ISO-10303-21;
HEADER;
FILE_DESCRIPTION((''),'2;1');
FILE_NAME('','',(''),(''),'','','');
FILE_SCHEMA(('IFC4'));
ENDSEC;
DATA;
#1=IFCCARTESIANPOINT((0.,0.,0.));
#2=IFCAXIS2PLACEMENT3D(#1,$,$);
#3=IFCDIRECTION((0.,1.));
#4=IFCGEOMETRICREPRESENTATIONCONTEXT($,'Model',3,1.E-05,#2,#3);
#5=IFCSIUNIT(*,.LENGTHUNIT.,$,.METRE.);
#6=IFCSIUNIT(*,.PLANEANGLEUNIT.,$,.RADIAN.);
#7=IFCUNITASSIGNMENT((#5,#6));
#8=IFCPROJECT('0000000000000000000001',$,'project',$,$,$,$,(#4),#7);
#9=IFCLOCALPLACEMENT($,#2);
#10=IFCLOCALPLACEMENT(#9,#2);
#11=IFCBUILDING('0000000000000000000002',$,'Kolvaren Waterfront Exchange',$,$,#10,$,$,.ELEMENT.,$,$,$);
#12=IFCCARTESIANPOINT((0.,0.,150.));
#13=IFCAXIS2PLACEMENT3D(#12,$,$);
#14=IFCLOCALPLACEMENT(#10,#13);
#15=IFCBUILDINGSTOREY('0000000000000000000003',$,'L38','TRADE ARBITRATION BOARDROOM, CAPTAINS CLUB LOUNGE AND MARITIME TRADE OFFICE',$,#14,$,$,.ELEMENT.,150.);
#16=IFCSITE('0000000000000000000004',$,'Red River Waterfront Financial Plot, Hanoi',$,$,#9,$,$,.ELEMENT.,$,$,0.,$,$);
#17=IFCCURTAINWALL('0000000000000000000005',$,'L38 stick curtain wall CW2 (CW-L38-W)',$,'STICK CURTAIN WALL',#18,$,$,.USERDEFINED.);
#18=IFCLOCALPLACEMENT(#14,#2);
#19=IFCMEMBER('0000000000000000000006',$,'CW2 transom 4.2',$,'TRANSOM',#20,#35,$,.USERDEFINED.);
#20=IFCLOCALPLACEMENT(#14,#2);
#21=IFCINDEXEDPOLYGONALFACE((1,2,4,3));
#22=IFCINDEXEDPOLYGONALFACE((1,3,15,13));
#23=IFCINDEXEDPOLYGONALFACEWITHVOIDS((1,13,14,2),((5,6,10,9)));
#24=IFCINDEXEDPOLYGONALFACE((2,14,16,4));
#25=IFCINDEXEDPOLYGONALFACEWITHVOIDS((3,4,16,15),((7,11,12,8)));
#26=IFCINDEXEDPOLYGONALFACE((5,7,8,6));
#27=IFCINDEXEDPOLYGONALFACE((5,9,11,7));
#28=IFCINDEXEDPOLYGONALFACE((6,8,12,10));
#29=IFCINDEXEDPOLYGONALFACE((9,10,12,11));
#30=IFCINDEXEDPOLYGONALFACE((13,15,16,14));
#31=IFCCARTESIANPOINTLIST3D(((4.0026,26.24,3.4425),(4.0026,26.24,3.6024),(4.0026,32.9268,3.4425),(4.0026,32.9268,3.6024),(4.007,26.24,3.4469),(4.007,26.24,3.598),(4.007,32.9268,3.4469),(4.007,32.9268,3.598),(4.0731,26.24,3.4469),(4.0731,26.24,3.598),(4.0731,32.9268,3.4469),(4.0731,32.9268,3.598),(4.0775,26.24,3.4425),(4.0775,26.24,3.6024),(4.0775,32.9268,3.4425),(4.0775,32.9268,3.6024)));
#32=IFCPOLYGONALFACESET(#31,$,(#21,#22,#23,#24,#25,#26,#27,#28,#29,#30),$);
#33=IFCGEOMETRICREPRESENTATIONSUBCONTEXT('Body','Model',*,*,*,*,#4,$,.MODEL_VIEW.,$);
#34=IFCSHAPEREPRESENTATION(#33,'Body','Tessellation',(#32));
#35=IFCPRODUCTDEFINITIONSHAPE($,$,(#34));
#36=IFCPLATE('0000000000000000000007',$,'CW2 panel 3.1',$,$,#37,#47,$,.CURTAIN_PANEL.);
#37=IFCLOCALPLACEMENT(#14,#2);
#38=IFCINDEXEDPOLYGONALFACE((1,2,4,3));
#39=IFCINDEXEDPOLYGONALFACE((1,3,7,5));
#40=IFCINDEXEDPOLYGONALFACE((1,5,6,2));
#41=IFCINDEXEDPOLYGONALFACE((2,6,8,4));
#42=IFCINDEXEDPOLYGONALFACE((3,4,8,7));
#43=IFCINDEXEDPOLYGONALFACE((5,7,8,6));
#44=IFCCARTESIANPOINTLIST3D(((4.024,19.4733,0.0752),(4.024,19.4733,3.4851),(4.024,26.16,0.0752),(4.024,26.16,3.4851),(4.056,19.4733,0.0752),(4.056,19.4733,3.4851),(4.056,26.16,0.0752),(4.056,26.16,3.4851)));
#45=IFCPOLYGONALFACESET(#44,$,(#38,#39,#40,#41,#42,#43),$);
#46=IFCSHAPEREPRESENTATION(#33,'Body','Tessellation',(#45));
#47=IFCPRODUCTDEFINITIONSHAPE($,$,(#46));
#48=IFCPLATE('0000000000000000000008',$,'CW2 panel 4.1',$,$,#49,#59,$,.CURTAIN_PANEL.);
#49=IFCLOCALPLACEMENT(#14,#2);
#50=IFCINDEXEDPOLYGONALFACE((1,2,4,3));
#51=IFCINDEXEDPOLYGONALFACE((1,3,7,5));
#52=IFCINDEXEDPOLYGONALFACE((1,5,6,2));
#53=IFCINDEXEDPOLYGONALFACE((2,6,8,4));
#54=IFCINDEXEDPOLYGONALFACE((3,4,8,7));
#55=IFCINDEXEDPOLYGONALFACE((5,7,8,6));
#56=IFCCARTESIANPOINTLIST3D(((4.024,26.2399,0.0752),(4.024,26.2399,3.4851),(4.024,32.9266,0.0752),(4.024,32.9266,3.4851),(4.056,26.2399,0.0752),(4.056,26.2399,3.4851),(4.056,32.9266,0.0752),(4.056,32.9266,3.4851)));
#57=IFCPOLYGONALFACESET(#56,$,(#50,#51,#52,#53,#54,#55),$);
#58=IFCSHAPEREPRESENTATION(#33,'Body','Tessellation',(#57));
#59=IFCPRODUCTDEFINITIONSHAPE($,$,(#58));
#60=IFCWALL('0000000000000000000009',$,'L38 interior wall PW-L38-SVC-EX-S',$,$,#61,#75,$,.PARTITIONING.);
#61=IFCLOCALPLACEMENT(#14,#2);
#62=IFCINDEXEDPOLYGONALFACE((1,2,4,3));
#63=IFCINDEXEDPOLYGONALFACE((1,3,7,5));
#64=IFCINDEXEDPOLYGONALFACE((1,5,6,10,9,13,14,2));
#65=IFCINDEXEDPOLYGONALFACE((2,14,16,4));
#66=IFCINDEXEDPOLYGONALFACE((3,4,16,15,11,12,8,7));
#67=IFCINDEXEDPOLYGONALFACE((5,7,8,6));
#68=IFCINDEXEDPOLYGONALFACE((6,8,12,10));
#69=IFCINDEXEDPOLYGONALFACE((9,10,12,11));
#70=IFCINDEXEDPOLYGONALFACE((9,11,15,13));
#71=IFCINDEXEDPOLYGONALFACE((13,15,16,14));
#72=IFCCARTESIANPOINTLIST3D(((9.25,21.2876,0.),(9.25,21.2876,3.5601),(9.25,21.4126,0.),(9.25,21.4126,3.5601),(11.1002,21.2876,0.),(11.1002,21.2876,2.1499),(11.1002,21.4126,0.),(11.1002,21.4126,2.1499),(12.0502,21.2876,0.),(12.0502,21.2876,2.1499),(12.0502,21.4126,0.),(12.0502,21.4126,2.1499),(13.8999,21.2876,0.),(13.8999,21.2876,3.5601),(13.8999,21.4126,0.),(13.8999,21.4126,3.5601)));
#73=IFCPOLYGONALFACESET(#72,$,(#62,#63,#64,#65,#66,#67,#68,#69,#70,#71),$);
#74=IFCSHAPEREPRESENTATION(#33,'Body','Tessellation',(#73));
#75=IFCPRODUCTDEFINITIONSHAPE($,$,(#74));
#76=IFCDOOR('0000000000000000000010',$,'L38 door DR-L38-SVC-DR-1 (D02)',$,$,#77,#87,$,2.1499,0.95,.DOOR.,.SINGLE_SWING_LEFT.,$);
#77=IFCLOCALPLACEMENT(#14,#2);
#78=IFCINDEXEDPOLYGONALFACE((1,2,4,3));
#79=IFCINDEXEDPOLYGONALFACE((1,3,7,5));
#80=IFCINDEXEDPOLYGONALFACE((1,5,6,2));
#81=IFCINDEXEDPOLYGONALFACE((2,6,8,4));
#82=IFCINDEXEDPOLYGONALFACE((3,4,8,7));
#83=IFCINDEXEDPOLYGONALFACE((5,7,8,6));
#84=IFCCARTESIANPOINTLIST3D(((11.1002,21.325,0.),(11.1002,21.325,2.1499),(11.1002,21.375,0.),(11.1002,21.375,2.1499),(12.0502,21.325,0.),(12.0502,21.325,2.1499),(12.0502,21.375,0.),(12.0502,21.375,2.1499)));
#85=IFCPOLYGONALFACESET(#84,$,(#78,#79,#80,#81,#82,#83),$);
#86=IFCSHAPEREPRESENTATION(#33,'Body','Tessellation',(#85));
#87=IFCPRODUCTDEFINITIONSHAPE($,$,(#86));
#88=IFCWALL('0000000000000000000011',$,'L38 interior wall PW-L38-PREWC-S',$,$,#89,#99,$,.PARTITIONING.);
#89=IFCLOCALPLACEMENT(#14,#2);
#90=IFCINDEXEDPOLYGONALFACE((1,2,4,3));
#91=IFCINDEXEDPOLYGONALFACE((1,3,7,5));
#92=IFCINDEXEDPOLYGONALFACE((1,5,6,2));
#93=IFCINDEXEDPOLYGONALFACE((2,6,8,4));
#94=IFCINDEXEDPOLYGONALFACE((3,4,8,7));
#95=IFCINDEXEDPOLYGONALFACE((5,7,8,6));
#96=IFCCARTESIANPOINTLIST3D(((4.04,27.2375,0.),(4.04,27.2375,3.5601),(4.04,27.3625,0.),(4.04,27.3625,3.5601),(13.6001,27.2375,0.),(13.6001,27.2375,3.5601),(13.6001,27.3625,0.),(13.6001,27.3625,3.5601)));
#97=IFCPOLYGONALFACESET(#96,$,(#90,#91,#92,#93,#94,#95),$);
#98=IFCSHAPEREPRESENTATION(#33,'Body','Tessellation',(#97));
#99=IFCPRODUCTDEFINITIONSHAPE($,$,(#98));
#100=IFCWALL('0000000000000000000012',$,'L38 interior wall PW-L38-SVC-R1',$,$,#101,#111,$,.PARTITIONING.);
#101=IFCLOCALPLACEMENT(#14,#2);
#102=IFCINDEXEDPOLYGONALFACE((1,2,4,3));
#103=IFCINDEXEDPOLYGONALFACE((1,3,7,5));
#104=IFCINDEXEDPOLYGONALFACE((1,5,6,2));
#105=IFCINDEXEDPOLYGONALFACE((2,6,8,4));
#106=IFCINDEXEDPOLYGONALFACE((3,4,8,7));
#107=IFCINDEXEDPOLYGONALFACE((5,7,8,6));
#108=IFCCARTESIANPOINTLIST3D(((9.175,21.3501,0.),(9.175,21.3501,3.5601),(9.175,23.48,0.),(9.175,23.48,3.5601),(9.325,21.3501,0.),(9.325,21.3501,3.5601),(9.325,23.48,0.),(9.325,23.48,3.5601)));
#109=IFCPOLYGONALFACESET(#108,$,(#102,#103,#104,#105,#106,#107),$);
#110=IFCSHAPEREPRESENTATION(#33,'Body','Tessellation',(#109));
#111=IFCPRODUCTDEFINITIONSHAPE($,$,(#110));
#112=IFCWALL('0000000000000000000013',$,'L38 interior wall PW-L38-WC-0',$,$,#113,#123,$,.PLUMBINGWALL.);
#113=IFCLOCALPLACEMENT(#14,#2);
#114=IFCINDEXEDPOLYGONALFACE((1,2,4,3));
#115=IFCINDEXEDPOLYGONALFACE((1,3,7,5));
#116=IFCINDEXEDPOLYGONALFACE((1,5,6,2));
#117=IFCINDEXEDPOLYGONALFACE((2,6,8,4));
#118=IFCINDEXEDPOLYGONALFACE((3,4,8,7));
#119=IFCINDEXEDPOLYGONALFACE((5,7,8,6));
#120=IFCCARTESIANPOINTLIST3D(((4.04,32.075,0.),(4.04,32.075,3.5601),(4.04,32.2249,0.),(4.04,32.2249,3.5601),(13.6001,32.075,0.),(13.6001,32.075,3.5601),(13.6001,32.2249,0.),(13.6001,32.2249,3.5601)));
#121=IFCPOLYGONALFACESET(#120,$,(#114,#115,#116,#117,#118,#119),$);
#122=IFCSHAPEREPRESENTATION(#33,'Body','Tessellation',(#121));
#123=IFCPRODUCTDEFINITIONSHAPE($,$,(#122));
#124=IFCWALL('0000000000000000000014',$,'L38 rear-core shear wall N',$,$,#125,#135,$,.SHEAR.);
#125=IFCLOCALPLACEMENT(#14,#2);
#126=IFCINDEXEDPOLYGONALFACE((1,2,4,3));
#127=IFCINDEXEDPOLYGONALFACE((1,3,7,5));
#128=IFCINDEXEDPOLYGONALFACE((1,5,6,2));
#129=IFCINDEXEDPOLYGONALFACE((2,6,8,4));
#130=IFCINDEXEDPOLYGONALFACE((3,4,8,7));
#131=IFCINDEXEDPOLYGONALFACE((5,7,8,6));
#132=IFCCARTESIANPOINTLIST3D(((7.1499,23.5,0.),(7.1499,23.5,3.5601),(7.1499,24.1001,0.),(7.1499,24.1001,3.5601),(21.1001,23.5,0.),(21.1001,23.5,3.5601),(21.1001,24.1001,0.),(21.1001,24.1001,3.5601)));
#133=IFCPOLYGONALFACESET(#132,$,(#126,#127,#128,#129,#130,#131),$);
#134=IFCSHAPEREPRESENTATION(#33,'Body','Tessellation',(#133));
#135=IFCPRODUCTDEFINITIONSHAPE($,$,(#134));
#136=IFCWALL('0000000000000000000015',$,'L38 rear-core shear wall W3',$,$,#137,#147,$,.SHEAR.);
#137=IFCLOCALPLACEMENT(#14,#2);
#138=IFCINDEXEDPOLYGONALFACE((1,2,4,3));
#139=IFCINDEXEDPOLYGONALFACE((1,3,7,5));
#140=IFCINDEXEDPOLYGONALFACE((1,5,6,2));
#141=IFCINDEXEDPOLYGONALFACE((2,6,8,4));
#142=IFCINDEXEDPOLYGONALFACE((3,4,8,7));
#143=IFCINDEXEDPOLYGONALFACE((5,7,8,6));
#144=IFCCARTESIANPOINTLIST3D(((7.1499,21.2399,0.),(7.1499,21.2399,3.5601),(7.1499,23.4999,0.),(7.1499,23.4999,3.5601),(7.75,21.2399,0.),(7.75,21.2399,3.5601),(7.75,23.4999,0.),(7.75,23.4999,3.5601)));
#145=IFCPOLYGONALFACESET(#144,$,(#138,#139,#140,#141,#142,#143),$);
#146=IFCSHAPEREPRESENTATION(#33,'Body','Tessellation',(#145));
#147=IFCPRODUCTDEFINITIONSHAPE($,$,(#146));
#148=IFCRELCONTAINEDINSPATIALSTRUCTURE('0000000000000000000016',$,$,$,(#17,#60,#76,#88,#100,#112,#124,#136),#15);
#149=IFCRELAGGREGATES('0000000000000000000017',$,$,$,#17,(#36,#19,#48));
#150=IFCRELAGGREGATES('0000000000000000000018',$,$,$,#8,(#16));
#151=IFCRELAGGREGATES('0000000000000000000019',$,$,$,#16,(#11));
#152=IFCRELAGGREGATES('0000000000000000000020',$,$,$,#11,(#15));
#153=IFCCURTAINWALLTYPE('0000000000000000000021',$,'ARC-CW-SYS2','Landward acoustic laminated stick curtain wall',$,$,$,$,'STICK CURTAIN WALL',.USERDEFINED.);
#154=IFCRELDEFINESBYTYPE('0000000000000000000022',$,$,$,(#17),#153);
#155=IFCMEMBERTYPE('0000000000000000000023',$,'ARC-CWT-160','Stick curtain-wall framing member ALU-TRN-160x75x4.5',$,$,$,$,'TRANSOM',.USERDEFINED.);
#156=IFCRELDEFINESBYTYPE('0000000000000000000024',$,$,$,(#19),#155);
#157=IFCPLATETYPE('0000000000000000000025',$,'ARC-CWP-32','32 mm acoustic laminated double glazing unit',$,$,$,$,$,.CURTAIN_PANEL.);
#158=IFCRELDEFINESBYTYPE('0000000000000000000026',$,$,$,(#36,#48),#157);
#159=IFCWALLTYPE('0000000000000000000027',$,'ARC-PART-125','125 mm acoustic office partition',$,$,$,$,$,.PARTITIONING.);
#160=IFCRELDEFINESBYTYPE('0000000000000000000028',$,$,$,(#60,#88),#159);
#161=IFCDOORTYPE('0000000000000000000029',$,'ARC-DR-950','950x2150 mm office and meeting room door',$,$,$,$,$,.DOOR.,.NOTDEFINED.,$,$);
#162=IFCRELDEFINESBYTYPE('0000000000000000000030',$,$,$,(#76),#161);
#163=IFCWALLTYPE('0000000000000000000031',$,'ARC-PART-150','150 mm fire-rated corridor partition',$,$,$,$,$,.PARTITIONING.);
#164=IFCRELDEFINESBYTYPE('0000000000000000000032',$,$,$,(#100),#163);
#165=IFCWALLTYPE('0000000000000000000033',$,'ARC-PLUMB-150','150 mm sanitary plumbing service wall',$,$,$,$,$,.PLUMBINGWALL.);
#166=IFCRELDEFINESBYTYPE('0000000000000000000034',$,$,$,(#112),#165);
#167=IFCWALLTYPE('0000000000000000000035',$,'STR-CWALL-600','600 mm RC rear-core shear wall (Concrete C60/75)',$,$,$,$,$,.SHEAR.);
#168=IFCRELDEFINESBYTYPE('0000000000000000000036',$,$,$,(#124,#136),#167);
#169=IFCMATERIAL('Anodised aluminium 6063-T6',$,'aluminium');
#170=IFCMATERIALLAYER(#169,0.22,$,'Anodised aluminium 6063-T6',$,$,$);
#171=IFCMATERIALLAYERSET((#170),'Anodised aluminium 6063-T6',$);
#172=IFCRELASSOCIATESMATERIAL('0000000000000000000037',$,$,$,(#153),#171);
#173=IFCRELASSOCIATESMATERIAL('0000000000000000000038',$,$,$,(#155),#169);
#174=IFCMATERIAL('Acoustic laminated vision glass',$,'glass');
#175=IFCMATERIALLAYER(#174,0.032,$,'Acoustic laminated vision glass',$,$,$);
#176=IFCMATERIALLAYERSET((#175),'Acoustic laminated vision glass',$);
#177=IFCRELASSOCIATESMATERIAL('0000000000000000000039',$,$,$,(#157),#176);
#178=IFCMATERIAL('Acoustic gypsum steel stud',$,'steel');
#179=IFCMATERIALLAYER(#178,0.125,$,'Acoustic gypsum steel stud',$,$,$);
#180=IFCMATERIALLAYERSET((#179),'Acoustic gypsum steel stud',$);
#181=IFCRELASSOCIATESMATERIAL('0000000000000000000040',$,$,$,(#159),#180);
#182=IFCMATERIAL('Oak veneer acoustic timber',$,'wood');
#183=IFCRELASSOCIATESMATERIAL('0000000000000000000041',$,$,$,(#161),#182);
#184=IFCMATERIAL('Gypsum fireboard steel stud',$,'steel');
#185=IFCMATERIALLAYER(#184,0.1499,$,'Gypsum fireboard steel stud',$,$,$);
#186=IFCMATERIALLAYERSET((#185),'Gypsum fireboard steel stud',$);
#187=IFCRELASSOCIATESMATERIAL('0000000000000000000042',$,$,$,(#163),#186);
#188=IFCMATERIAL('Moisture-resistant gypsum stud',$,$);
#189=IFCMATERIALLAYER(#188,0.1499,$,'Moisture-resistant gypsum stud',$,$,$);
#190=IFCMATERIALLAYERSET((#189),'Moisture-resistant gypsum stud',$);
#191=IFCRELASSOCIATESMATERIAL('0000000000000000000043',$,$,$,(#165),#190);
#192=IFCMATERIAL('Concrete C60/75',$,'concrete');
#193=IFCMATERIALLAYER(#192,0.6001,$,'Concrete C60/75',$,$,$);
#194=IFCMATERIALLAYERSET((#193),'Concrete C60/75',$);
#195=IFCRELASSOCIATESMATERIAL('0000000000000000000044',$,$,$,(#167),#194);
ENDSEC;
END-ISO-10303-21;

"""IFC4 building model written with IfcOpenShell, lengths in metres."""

from ifc_helpers import new_model, si_unit, direction, frame, frame_2d, origin, origin_with_axes, origin_2d, place, context, subcontext, project, spatial, rectangle, hollow_rectangle, extrude, source, transform, mapped, material, layer, layer_set, material_profile, profile_set, type_object, element, fill, aggregate, save


model = new_model("IFC4")

# Units and contexts
model_context = context("Model", 3, precision=1e-05, world=origin(), true_north=direction((0.0, 1.0)))
body_context = subcontext(model_context, "Body", "Model", "MODEL_VIEW")
ifc_project = project(units=[si_unit("LENGTHUNIT", "METRE"), si_unit("PLANEANGLEUNIT", "RADIAN")], contexts=[model_context])

# Site, building, storey
site_placement = place(None, origin())
site = spatial("IfcSite", under=ifc_project, at=site_placement, Name="Red River Waterfront Financial Plot, Hanoi", CompositionType="ELEMENT", RefElevation=0.0)
building_placement = place(site_placement, origin())
building = spatial("IfcBuilding", under=site, at=building_placement, Name="Kolvaren Waterfront Exchange", CompositionType="ELEMENT")
storey_placement = place(building_placement, frame((0.0, 0.0, 150.0)))
storey = spatial("IfcBuildingStorey", under=building, at=storey_placement, Name="L38", Description="TRADE ARBITRATION BOARDROOM, CAPTAINS CLUB LOUNGE AND MARITIME TRADE OFFICE", CompositionType="ELEMENT", Elevation=150.0)

# Shared definitions
ifc_material_1 = material(Name="Concrete C60/75", Category="concrete")

# Curtain wall, member, plates
ifc_material_2 = material(Name="Anodised aluminium 6063-T6", Category="aluminium")
ifc_layer_1 = layer(ifc_material_2, 0.22, Name="Anodised aluminium 6063-T6")
ifc_layer_set_1 = layer_set([ifc_layer_1], Name="Anodised aluminium 6063-T6")
curtain_wall_type = type_object("IfcCurtainWallType", Name="ARC-CW-SYS2", Description="Landward acoustic laminated stick curtain wall", ElementType="STICK CURTAIN WALL", PredefinedType="USERDEFINED", material=ifc_layer_set_1)
curtain_wall_placement = place(storey_placement, origin())
curtain_wall = element("IfcCurtainWall", 1, at=curtain_wall_placement, inside=storey, type_object=curtain_wall_type, Name="L38 stick curtain wall CW2 (CW-L38-W)", ObjectType="STICK CURTAIN WALL", PredefinedType="USERDEFINED")
ifc_material_profile_1 = material_profile(ifc_material_2, hollow_rectangle(XDim=0.075, YDim=0.1599, WallThickness=0.0044, at=origin_2d()), Name="ALU-TRN-160x75x4.5")
ifc_profile_set_1 = profile_set([ifc_material_profile_1], Name="Anodised aluminium 6063-T6")
member_type_1 = type_object("IfcMemberType", Name="ARC-CWT-160", Description="Stick curtain-wall framing member ALU-TRN-160x75x4.5", ElementType="TRANSOM", PredefinedType="USERDEFINED", material=ifc_profile_set_1)
shared_shape_1 = source(origin_with_axes(), body_context, "Body", "SweptSolid", [
    extrude(hollow_rectangle(XDim=0.075, YDim=0.1599, WallThickness=0.0044, at=origin_2d()), origin(), (0.0, 0.0, 1.0), 6.6868),
])
member_1_placement = place(storey_placement, frame((4.04, 26.24, 3.5225), z_axis=(0.0, 1.0, 0.0), x_axis=(-1.0, 0.0, 0.0)))
member_1 = element("IfcMember", 2, at=member_1_placement, type_object=member_type_1, Name="CW2 transom 4.2", ObjectType="TRANSOM", PredefinedType="USERDEFINED", context=body_context, shape_type="MappedRepresentation", body=[
    mapped(shared_shape_1, transform((0.0, 0.0, 0.0), x_axis=(1.0, 0.0, 0.0), y_axis=(0.0, 1.0, 0.0), z_axis=(0.0, 0.0, 1.0), scale=1.0)),
])
ifc_material_3 = material(Name="Acoustic laminated vision glass", Category="glass")
ifc_layer_2 = layer(ifc_material_3, 0.032, Name="Acoustic laminated vision glass")
ifc_layer_set_2 = layer_set([ifc_layer_2], Name="Acoustic laminated vision glass")
plate_type = type_object("IfcPlateType", Name="ARC-CWP-32", Description="32 mm acoustic laminated double glazing unit", PredefinedType="CURTAIN_PANEL", material=ifc_layer_set_2)
shared_shape_2 = source(origin_with_axes(), body_context, "Body", "SweptSolid", [
    extrude(rectangle(XDim=6.6868, YDim=0.032, at=origin_2d()), origin(), (0.0, 0.0, 1.0), 3.4099),
])
plate_1_placement = place(storey_placement, frame((4.04, 22.8167, 0.0752), z_axis=(0.0, 0.0, 1.0), x_axis=(0.0, 1.0, 0.0)))
plate_1 = element("IfcPlate", 3, at=plate_1_placement, type_object=plate_type, Name="CW2 panel 3.1", PredefinedType="CURTAIN_PANEL", context=body_context, shape_type="MappedRepresentation", body=[
    mapped(shared_shape_2, transform((0.0, 0.0, 0.0), x_axis=(1.0, 0.0, 0.0), y_axis=(0.0, 1.0, 0.0), z_axis=(0.0, 0.0, 1.0), scale=1.0)),
])
plate_2_placement = place(storey_placement, frame((4.04, 29.5833, 0.0752), z_axis=(0.0, 0.0, 1.0), x_axis=(0.0, 1.0, 0.0)))
plate_2 = element("IfcPlate", 4, at=plate_2_placement, type_object=plate_type, Name="CW2 panel 4.1", PredefinedType="CURTAIN_PANEL", context=body_context, shape_type="MappedRepresentation", body=[
    mapped(shared_shape_2, transform((0.0, 0.0, 0.0), x_axis=(1.0, 0.0, 0.0), y_axis=(0.0, 1.0, 0.0), z_axis=(0.0, 0.0, 1.0), scale=1.0)),
])
aggregate(curtain_wall, [plate_1, member_1, plate_2])

# Wall, opening, door
ifc_material_4 = material(Name="Acoustic gypsum steel stud", Category="steel")
ifc_layer_3 = layer(ifc_material_4, 0.125, Name="Acoustic gypsum steel stud")
ifc_layer_set_3 = layer_set([ifc_layer_3], Name="Acoustic gypsum steel stud")
wall_type_1 = type_object("IfcWallType", Name="ARC-PART-125", Description="125 mm acoustic office partition", PredefinedType="PARTITIONING", material=ifc_layer_set_3)
wall_1_placement = place(storey_placement, frame((9.25, 21.3501, 0.0), z_axis=(0.0, 0.0, 1.0), x_axis=(1.0, 0.0, 0.0)))
wall_1 = element("IfcWall", 5, at=wall_1_placement, inside=storey, type_object=wall_type_1, Name="L38 interior wall PW-L38-SVC-EX-S", PredefinedType="PARTITIONING", context=body_context, shape_type="SweptSolid", body=[
    extrude(rectangle(XDim=4.6499, YDim=0.125, at=frame_2d((2.325, 0.0))), origin(), (0.0, 0.0, 1.0), 3.5601),
])
opening_1_placement = place(wall_1_placement, frame((1.8501, 0.0, 0.0)))
opening_1 = element("IfcOpeningElement", 6, at=opening_1_placement, cuts=wall_1, PredefinedType="OPENING", context=body_context, shape_type="SweptSolid", body=[
    extrude(rectangle(XDim=0.95, YDim=2.1499, at=frame_2d((0.4751, 1.075))), frame((0.0, 0.0725, 0.0), z_axis=(0.0, -1.0, 0.0), x_axis=(1.0, 0.0, 0.0)), (0.0, 0.0, 1.0), 0.145),
])
ifc_material_5 = material(Name="Oak veneer acoustic timber", Category="wood")
door_type_1 = type_object("IfcDoorType", Name="ARC-DR-950", Description="950x2150 mm office and meeting room door", OperationType="NOTDEFINED", PredefinedType="DOOR", material=ifc_material_5)
door_1_placement = place(opening_1_placement, origin())
door_1 = element("IfcDoor", 7, at=door_1_placement, inside=storey, type_object=door_type_1, Name="L38 door DR-L38-SVC-DR-1 (D02)", OperationType="SINGLE_SWING_LEFT", OverallHeight=2.1499, OverallWidth=0.95, PredefinedType="DOOR", context=body_context, shape_type="SweptSolid", body=[
    extrude(rectangle(XDim=0.95, YDim=2.1499, at=frame_2d((0.4751, 1.075))), frame((0.0, 0.0249, 0.0), z_axis=(0.0, -1.0, 0.0), x_axis=(1.0, 0.0, 0.0)), (0.0, 0.0, 1.0), 0.05),
])
fill(opening_1, door_1)

# Walls
wall_2_placement = place(storey_placement, frame((4.04, 27.3, 0.0), z_axis=(0.0, 0.0, 1.0), x_axis=(1.0, 0.0, 0.0)))
element("IfcWall", 8, at=wall_2_placement, inside=storey, type_object=wall_type_1, Name="L38 interior wall PW-L38-PREWC-S", PredefinedType="PARTITIONING", context=body_context, shape_type="SweptSolid", body=[
    extrude(rectangle(XDim=9.5601, YDim=0.125, at=frame_2d((4.78, 0.0))), origin(), (0.0, 0.0, 1.0), 3.5601),
])
ifc_material_6 = material(Name="Gypsum fireboard steel stud", Category="steel")
ifc_layer_4 = layer(ifc_material_6, 0.1499, Name="Gypsum fireboard steel stud")
ifc_layer_set_4 = layer_set([ifc_layer_4], Name="Gypsum fireboard steel stud")
wall_type_2 = type_object("IfcWallType", Name="ARC-PART-150", Description="150 mm fire-rated corridor partition", PredefinedType="PARTITIONING", material=ifc_layer_set_4)
wall_3_placement = place(storey_placement, frame((9.25, 21.3501, 0.0), z_axis=(0.0, 0.0, 1.0), x_axis=(0.0, 1.0, 0.0)))
element("IfcWall", 9, at=wall_3_placement, inside=storey, type_object=wall_type_2, Name="L38 interior wall PW-L38-SVC-R1", PredefinedType="PARTITIONING", context=body_context, shape_type="SweptSolid", body=[
    extrude(rectangle(XDim=2.1299, YDim=0.1499, at=frame_2d((1.0649, 0.0))), origin(), (0.0, 0.0, 1.0), 3.5601),
])

# Walls
ifc_material_7 = material(Name="Moisture-resistant gypsum stud")
ifc_layer_5 = layer(ifc_material_7, 0.1499, Name="Moisture-resistant gypsum stud")
ifc_layer_set_5 = layer_set([ifc_layer_5], Name="Moisture-resistant gypsum stud")
wall_type_3 = type_object("IfcWallType", Name="ARC-PLUMB-150", Description="150 mm sanitary plumbing service wall", PredefinedType="PLUMBINGWALL", material=ifc_layer_set_5)
wall_4_placement = place(storey_placement, frame((4.04, 32.1499, 0.0), z_axis=(0.0, 0.0, 1.0), x_axis=(1.0, 0.0, 0.0)))
element("IfcWall", 10, at=wall_4_placement, inside=storey, type_object=wall_type_3, Name="L38 interior wall PW-L38-WC-0", PredefinedType="PLUMBINGWALL", context=body_context, shape_type="SweptSolid", body=[
    extrude(rectangle(XDim=9.5601, YDim=0.1499, at=frame_2d((4.78, 0.0))), origin(), (0.0, 0.0, 1.0), 3.5601),
])
ifc_layer_6 = layer(ifc_material_1, 0.6001, Name="Concrete C60/75")
ifc_layer_set_6 = layer_set([ifc_layer_6], Name="Concrete C60/75")
wall_type_4 = type_object("IfcWallType", Name="STR-CWALL-600", Description="600 mm RC rear-core shear wall (Concrete C60/75)", PredefinedType="SHEAR", material=ifc_layer_set_6)
wall_5_placement = place(storey_placement, frame((7.1499, 23.8, 0.0), z_axis=(0.0, 0.0, 1.0), x_axis=(1.0, 0.0, 0.0)))
element("IfcWall", 11, at=wall_5_placement, inside=storey, type_object=wall_type_4, Name="L38 rear-core shear wall N", PredefinedType="SHEAR", context=body_context, shape_type="SweptSolid", body=[
    extrude(rectangle(XDim=13.9502, YDim=0.6001, at=frame_2d((6.9751, 0.0))), origin(), (0.0, 0.0, 1.0), 3.5601),
])
wall_6_placement = place(storey_placement, frame((7.45, 21.24, 0.0), z_axis=(0.0, 0.0, 1.0), x_axis=(0.0, 1.0, 0.0)))
element("IfcWall", 12, at=wall_6_placement, inside=storey, type_object=wall_type_4, Name="L38 rear-core shear wall W3", PredefinedType="SHEAR", context=body_context, shape_type="SweptSolid", body=[
    extrude(rectangle(XDim=2.26, YDim=0.6001, at=frame_2d((1.1299, 0.0))), origin(), (0.0, 0.0, 1.0), 3.5601),
])

save(model, "model.ifc")
